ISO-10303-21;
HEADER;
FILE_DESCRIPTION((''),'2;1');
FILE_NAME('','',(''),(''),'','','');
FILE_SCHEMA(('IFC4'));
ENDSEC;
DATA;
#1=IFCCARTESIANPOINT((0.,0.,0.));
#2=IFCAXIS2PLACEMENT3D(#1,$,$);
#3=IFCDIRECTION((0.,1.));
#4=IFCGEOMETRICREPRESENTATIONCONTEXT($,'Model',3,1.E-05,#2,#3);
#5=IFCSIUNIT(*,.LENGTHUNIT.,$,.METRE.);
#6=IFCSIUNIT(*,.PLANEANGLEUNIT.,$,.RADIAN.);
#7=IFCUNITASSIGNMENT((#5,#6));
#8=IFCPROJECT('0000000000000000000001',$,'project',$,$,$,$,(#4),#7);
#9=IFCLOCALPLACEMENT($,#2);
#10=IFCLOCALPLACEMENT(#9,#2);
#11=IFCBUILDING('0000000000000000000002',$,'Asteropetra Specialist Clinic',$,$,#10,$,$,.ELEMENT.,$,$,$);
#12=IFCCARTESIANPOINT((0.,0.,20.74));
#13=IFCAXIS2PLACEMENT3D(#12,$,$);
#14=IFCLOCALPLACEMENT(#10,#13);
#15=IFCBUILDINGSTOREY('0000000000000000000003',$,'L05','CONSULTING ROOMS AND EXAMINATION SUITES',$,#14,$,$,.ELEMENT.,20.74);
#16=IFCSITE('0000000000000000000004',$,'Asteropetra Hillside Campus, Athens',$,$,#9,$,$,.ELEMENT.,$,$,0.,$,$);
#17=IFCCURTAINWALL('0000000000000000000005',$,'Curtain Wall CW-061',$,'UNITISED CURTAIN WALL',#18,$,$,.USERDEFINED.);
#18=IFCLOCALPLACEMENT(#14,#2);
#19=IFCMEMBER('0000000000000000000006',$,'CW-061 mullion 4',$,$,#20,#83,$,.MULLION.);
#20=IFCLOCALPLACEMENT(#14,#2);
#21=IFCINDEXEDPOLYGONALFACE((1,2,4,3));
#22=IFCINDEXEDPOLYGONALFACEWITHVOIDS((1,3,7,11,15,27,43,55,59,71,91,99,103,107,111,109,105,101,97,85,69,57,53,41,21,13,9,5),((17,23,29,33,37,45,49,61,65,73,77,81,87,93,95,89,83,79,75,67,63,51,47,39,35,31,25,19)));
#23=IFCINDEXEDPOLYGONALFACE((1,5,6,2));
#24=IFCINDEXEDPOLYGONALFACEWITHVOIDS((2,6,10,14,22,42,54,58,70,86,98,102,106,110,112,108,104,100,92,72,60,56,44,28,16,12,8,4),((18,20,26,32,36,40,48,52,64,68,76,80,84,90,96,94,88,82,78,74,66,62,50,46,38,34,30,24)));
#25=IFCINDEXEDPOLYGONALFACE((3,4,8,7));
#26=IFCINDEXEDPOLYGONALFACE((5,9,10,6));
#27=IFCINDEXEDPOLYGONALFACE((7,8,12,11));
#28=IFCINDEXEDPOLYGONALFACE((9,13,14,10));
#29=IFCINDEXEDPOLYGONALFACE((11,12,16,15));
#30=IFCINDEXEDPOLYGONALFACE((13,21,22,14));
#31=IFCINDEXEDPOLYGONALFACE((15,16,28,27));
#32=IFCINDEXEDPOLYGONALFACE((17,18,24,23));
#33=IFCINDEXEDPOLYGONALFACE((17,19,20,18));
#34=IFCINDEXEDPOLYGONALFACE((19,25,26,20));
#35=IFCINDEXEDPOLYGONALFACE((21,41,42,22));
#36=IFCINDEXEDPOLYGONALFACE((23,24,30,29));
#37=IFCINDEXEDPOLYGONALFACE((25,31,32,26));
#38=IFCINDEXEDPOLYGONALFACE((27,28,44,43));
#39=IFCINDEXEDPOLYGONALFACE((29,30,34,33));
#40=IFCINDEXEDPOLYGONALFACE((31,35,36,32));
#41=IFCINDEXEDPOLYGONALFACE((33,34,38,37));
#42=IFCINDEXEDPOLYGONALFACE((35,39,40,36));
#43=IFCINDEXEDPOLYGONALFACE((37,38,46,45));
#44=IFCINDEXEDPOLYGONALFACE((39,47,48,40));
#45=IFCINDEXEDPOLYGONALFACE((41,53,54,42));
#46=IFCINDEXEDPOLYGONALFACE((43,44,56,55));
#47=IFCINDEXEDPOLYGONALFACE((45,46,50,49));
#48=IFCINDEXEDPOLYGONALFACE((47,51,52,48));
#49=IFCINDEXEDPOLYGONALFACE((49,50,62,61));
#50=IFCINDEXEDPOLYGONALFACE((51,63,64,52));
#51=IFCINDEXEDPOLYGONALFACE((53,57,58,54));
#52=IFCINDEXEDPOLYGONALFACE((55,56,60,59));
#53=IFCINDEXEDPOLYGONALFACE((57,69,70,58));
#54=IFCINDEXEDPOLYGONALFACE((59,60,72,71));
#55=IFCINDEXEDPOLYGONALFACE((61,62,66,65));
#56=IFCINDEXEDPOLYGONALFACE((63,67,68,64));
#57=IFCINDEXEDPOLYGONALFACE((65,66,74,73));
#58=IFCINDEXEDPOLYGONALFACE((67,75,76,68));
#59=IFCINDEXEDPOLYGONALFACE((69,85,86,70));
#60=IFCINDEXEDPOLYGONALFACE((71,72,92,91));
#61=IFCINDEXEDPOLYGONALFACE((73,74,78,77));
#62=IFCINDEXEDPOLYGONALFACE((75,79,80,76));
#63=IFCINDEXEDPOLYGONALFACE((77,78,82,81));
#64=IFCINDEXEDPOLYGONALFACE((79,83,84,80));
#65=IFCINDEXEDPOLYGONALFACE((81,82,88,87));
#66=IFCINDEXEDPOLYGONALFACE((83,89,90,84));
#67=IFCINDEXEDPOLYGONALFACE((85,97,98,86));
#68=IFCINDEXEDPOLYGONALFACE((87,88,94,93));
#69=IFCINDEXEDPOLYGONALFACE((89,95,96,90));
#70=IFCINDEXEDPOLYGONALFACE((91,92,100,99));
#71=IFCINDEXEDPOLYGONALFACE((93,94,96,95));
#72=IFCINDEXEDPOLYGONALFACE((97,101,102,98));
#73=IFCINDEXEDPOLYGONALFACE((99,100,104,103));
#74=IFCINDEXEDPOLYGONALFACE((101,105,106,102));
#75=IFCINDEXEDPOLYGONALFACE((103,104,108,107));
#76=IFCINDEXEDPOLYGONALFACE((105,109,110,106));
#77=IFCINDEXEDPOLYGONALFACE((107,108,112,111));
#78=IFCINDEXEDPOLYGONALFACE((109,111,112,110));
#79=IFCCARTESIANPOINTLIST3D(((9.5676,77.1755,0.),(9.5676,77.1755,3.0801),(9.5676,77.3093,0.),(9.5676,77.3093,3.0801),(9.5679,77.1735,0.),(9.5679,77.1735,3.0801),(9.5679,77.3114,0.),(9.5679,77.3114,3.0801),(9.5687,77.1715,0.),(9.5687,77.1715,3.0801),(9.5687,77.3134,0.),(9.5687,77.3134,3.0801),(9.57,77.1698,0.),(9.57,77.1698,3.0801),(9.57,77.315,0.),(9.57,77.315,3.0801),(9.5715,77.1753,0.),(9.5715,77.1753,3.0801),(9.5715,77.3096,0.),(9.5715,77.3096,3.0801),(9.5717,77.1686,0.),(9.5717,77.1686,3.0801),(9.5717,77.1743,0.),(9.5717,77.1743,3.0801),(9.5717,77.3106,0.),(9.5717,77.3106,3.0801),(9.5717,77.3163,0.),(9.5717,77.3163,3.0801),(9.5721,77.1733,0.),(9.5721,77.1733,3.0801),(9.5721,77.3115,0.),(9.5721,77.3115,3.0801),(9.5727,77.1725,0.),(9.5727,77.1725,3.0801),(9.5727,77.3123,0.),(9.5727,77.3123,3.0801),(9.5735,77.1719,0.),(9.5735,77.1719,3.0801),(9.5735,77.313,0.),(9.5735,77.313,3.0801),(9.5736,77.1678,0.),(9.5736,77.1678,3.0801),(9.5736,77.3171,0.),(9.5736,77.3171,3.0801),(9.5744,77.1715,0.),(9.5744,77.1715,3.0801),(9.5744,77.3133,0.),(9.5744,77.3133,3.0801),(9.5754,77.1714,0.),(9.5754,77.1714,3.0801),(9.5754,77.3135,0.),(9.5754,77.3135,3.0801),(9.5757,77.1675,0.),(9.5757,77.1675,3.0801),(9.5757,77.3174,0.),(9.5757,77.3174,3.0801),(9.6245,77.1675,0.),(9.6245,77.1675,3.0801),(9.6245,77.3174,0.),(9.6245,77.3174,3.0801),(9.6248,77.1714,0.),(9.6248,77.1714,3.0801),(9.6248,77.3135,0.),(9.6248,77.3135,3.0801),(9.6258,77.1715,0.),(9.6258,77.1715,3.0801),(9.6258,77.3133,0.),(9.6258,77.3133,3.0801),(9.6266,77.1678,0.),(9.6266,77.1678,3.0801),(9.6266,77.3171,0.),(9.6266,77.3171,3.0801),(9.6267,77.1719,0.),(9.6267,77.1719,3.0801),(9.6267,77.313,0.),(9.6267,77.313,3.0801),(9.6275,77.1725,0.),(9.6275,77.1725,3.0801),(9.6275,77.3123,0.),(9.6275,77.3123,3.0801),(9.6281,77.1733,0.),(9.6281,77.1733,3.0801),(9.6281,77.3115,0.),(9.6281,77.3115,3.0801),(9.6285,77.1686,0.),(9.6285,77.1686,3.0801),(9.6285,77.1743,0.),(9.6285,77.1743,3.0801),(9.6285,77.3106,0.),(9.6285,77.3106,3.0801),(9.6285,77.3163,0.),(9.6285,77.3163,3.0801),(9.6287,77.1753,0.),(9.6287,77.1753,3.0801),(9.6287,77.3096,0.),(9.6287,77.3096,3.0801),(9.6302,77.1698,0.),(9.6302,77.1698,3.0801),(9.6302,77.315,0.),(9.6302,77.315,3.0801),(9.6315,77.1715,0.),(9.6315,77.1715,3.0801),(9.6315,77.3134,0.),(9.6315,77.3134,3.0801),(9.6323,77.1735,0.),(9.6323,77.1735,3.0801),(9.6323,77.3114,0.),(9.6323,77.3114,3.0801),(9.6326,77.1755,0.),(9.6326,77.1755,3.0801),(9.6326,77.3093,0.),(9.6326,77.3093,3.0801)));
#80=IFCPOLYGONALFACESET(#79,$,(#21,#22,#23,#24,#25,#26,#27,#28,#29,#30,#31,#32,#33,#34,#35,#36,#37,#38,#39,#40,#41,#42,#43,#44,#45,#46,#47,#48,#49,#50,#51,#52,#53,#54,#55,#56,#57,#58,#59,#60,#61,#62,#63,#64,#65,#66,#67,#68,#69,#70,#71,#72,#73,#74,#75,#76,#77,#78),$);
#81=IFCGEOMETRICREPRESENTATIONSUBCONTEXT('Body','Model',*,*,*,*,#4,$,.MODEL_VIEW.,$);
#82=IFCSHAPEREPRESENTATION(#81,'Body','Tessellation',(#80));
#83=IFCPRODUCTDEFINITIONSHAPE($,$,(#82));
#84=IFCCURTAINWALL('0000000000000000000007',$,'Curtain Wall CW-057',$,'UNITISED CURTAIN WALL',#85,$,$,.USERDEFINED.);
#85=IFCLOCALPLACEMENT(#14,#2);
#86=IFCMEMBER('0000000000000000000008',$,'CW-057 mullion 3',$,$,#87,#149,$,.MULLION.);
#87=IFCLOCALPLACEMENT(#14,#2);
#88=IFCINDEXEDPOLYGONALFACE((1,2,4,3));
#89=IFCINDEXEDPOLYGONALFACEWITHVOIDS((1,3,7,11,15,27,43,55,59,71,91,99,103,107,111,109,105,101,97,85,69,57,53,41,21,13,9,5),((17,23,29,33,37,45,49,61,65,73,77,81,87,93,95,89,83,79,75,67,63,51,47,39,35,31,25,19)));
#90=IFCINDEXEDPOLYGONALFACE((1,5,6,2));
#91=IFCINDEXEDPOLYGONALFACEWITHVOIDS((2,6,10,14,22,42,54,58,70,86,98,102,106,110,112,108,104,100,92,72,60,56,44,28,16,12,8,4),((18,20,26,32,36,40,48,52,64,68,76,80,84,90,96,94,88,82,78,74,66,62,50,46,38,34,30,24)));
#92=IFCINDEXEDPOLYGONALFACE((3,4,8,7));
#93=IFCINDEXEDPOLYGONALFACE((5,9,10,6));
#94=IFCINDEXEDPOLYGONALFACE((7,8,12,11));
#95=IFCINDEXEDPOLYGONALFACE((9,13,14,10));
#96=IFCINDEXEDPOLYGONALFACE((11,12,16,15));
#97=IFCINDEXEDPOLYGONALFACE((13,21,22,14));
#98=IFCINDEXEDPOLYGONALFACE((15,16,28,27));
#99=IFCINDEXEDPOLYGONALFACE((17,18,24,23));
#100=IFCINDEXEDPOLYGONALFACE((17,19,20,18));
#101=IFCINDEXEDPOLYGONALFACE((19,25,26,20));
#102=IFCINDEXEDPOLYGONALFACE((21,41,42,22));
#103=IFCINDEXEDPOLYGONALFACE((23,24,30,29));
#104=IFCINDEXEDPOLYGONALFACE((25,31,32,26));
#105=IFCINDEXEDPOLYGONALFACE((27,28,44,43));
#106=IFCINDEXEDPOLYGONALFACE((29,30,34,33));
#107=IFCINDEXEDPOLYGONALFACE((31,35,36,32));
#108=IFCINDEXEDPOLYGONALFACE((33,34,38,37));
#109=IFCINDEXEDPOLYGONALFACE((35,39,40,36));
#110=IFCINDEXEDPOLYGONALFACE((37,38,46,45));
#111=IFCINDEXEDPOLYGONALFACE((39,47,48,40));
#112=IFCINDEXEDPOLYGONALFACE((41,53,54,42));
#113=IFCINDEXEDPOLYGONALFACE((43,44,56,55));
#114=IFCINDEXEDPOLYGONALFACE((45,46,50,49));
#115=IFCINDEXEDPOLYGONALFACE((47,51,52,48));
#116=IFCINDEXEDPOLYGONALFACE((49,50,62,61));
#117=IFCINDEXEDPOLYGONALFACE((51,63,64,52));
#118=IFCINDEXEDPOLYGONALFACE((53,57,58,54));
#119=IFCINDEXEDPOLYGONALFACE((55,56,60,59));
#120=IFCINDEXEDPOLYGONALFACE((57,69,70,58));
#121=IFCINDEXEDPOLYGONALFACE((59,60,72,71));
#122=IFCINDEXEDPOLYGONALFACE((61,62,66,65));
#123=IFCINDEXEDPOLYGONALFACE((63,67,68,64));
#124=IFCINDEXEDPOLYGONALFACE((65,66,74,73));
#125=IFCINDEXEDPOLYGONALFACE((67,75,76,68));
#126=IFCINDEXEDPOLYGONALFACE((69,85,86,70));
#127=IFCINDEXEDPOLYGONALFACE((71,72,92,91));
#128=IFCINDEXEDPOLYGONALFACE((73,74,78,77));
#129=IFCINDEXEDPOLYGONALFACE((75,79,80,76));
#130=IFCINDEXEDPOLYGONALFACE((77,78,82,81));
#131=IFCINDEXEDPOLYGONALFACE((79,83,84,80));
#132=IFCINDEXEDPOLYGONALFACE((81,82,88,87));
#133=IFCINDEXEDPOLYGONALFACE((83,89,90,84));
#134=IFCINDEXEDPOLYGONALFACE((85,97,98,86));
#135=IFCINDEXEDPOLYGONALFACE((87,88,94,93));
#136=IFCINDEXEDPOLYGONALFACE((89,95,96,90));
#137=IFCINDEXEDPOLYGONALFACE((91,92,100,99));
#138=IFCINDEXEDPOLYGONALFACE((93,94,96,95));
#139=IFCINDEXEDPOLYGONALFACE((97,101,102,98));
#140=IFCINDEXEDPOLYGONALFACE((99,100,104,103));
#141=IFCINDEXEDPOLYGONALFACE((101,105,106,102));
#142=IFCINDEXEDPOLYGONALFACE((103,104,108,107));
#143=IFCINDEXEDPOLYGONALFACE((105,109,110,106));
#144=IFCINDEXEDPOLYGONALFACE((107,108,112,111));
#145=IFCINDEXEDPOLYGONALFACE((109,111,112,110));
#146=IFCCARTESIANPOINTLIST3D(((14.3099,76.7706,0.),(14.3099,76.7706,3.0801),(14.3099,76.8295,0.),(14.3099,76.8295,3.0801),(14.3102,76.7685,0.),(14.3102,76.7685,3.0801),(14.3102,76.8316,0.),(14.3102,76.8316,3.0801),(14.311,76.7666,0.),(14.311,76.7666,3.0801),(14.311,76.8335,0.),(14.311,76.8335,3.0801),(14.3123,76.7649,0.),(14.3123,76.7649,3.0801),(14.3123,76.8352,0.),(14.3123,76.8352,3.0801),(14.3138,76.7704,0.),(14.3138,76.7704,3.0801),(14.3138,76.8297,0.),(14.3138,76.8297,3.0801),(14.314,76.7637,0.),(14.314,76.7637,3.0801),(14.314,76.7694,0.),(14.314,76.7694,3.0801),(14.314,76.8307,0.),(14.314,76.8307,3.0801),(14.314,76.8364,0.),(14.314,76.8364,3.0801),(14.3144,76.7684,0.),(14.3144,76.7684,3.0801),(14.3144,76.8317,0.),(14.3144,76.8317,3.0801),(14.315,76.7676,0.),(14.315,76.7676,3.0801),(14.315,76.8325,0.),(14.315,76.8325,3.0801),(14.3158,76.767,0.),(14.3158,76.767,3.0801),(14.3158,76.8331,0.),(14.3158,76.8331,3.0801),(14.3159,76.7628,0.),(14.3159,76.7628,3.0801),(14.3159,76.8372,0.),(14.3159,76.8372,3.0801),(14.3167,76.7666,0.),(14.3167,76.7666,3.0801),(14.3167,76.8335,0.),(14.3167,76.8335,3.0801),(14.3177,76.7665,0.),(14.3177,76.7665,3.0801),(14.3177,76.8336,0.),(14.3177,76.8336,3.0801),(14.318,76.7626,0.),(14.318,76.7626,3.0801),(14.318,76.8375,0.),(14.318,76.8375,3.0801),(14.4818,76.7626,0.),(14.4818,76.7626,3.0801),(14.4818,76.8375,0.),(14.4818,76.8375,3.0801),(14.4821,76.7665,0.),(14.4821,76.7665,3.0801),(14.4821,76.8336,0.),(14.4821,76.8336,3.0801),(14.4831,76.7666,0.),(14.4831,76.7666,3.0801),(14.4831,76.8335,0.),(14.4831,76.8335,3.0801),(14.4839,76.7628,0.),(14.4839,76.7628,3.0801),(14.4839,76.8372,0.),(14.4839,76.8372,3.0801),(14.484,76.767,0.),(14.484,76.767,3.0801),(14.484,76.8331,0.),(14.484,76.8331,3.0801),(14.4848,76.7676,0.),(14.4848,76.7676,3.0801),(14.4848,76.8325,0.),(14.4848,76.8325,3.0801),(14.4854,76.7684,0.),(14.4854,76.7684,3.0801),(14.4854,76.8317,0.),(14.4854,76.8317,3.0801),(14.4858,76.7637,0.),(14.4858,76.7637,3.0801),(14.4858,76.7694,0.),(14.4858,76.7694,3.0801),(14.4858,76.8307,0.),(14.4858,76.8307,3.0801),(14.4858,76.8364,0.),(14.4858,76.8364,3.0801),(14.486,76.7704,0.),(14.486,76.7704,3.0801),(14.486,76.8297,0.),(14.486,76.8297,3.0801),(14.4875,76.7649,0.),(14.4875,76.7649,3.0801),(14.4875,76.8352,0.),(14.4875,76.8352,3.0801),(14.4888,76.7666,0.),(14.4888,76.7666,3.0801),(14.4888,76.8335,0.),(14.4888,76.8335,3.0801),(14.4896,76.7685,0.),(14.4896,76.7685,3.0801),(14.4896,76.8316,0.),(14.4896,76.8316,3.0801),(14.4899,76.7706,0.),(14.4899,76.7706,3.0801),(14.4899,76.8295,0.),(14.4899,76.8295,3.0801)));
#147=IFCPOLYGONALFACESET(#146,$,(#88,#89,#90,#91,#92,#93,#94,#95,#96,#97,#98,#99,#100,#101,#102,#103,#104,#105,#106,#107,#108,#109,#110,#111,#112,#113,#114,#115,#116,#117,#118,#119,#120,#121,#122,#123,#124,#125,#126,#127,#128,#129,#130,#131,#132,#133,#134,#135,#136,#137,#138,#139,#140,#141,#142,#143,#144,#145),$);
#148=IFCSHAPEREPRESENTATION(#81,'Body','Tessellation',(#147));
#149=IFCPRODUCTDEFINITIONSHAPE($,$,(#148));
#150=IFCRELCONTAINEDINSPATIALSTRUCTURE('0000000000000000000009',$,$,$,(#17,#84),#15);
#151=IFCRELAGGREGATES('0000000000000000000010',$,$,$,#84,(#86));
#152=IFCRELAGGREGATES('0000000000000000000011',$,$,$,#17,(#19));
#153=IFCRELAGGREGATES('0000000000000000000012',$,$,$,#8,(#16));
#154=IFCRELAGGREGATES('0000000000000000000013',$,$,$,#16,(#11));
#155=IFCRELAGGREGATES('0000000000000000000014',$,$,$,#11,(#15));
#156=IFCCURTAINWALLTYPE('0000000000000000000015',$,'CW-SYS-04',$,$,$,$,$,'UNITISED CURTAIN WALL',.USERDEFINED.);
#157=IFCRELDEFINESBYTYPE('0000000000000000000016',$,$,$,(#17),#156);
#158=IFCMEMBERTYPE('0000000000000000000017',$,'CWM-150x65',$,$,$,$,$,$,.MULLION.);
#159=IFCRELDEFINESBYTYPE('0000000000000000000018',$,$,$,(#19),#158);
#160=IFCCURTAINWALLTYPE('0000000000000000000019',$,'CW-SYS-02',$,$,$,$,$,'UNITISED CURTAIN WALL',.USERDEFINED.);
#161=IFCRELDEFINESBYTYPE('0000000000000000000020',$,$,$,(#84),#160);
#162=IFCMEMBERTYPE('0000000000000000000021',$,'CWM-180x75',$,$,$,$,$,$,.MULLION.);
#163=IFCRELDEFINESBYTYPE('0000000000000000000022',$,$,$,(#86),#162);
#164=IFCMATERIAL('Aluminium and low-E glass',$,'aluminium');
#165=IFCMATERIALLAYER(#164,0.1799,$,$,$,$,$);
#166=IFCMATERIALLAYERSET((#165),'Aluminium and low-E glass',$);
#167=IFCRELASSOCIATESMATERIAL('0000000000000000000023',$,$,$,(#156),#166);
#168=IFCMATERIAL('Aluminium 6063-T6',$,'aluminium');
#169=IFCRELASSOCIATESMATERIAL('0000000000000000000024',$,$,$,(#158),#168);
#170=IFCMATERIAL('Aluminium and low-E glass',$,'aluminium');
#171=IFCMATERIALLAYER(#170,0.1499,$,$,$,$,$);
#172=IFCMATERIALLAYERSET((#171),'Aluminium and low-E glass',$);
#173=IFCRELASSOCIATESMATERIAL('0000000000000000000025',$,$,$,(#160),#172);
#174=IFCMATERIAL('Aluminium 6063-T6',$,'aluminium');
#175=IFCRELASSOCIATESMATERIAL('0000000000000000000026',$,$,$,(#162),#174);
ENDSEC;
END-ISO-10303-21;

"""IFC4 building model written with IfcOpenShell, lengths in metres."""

from ifc_helpers import new_model, si_unit, direction, frame, origin, origin_2d, place, context, subcontext, project, spatial, hollow_rectangle, extrude, material, layer, layer_set, material_profile, profile_set, type_object, element, aggregate, save


model = new_model("IFC4")

# Units and contexts
model_context = context("Model", 3, precision=1e-05, world=origin(), true_north=direction((0.0, 1.0)))
body_context = subcontext(model_context, "Body", "Model", "MODEL_VIEW")
ifc_project = project(units=[si_unit("LENGTHUNIT", "METRE"), si_unit("PLANEANGLEUNIT", "RADIAN")], contexts=[model_context])

# Site, building, storey
site_placement = place(None, origin())
site = spatial("IfcSite", under=ifc_project, at=site_placement, Name="Asteropetra Hillside Campus, Athens", CompositionType="ELEMENT", RefElevation=0.0)
building_placement = place(site_placement, origin())
building = spatial("IfcBuilding", under=site, at=building_placement, Name="Asteropetra Specialist Clinic", CompositionType="ELEMENT")
storey_placement = place(building_placement, frame((0.0, 0.0, 20.74)))
storey = spatial("IfcBuildingStorey", under=building, at=storey_placement, Name="L05", Description="CONSULTING ROOMS AND EXAMINATION SUITES", CompositionType="ELEMENT", Elevation=20.74)

# Curtain wall, member
ifc_material_1 = material(Name="Aluminium and low-E glass", Category="aluminium")
ifc_layer_1 = layer(ifc_material_1, 0.1799)
ifc_layer_set_1 = layer_set([ifc_layer_1], Name="Aluminium and low-E glass")
curtain_wall_type_1 = type_object("IfcCurtainWallType", Name="CW-SYS-04", ElementType="UNITISED CURTAIN WALL", PredefinedType="USERDEFINED", material=ifc_layer_set_1)
curtain_wall_1_placement = place(storey_placement, origin())
curtain_wall_1 = element("IfcCurtainWall", 1, at=curtain_wall_1_placement, inside=storey, type_object=curtain_wall_type_1, Name="Curtain Wall CW-061", ObjectType="UNITISED CURTAIN WALL", PredefinedType="USERDEFINED")
ifc_material_2 = material(Name="Aluminium 6063-T6", Category="aluminium")
ifc_material_profile_1 = material_profile(ifc_material_2, hollow_rectangle(XDim=0.0649, YDim=0.1499, WallThickness=0.0039, InnerFilletRadius=0.0039, OuterFilletRadius=0.0081, at=origin_2d()), Name="MUL 150x65x4.0")
ifc_profile_set_1 = profile_set([ifc_material_profile_1], Name="Aluminium 6063-T6")
member_type_1 = type_object("IfcMemberType", Name="CWM-150x65", PredefinedType="MULLION", material=ifc_profile_set_1)
member_1_placement = place(storey_placement, frame((9.6001, 77.2424, 0.0), z_axis=(0.0, 0.0, 1.0), x_axis=(1.0, 0.0, 0.0)))
member_1 = element("IfcMember", 2, at=member_1_placement, type_object=member_type_1, Name="CW-061 mullion 4", PredefinedType="MULLION", context=body_context, shape_type="SweptSolid", body=[
    extrude(hollow_rectangle(XDim=0.0649, YDim=0.1499, WallThickness=0.0039, InnerFilletRadius=0.0039, OuterFilletRadius=0.0081, at=origin_2d()), origin(), (0.0, 0.0, 1.0), 3.0801),
])

# Curtain wall, member
ifc_material_3 = material(Name="Aluminium and low-E glass", Category="aluminium")
ifc_layer_2 = layer(ifc_material_3, 0.1499)
ifc_layer_set_2 = layer_set([ifc_layer_2], Name="Aluminium and low-E glass")
curtain_wall_type_2 = type_object("IfcCurtainWallType", Name="CW-SYS-02", ElementType="UNITISED CURTAIN WALL", PredefinedType="USERDEFINED", material=ifc_layer_set_2)
curtain_wall_2_placement = place(storey_placement, origin())
curtain_wall_2 = element("IfcCurtainWall", 3, at=curtain_wall_2_placement, inside=storey, type_object=curtain_wall_type_2, Name="Curtain Wall CW-057", ObjectType="UNITISED CURTAIN WALL", PredefinedType="USERDEFINED")
ifc_material_4 = material(Name="Aluminium 6063-T6", Category="aluminium")
ifc_material_profile_2 = material_profile(ifc_material_4, hollow_rectangle(XDim=0.075, YDim=0.1799, WallThickness=0.0039, InnerFilletRadius=0.0039, OuterFilletRadius=0.0081, at=origin_2d()), Name="MUL 180x75x4.0")
ifc_profile_set_2 = profile_set([ifc_material_profile_2], Name="Aluminium 6063-T6")
member_type_2 = type_object("IfcMemberType", Name="CWM-180x75", PredefinedType="MULLION", material=ifc_profile_set_2)
member_2_placement = place(storey_placement, frame((14.3999, 76.8, 0.0), z_axis=(0.0, 0.0, 1.0), x_axis=(0.0, 1.0, 0.0)))
member_2 = element("IfcMember", 4, at=member_2_placement, type_object=member_type_2, Name="CW-057 mullion 3", PredefinedType="MULLION", context=body_context, shape_type="SweptSolid", body=[
    extrude(hollow_rectangle(XDim=0.075, YDim=0.1799, WallThickness=0.0039, InnerFilletRadius=0.0039, OuterFilletRadius=0.0081, at=origin_2d()), origin(), (0.0, 0.0, 1.0), 3.0801),
])

aggregate(curtain_wall_2, [member_2])
aggregate(curtain_wall_1, [member_1])

save(model, "model.ifc")
